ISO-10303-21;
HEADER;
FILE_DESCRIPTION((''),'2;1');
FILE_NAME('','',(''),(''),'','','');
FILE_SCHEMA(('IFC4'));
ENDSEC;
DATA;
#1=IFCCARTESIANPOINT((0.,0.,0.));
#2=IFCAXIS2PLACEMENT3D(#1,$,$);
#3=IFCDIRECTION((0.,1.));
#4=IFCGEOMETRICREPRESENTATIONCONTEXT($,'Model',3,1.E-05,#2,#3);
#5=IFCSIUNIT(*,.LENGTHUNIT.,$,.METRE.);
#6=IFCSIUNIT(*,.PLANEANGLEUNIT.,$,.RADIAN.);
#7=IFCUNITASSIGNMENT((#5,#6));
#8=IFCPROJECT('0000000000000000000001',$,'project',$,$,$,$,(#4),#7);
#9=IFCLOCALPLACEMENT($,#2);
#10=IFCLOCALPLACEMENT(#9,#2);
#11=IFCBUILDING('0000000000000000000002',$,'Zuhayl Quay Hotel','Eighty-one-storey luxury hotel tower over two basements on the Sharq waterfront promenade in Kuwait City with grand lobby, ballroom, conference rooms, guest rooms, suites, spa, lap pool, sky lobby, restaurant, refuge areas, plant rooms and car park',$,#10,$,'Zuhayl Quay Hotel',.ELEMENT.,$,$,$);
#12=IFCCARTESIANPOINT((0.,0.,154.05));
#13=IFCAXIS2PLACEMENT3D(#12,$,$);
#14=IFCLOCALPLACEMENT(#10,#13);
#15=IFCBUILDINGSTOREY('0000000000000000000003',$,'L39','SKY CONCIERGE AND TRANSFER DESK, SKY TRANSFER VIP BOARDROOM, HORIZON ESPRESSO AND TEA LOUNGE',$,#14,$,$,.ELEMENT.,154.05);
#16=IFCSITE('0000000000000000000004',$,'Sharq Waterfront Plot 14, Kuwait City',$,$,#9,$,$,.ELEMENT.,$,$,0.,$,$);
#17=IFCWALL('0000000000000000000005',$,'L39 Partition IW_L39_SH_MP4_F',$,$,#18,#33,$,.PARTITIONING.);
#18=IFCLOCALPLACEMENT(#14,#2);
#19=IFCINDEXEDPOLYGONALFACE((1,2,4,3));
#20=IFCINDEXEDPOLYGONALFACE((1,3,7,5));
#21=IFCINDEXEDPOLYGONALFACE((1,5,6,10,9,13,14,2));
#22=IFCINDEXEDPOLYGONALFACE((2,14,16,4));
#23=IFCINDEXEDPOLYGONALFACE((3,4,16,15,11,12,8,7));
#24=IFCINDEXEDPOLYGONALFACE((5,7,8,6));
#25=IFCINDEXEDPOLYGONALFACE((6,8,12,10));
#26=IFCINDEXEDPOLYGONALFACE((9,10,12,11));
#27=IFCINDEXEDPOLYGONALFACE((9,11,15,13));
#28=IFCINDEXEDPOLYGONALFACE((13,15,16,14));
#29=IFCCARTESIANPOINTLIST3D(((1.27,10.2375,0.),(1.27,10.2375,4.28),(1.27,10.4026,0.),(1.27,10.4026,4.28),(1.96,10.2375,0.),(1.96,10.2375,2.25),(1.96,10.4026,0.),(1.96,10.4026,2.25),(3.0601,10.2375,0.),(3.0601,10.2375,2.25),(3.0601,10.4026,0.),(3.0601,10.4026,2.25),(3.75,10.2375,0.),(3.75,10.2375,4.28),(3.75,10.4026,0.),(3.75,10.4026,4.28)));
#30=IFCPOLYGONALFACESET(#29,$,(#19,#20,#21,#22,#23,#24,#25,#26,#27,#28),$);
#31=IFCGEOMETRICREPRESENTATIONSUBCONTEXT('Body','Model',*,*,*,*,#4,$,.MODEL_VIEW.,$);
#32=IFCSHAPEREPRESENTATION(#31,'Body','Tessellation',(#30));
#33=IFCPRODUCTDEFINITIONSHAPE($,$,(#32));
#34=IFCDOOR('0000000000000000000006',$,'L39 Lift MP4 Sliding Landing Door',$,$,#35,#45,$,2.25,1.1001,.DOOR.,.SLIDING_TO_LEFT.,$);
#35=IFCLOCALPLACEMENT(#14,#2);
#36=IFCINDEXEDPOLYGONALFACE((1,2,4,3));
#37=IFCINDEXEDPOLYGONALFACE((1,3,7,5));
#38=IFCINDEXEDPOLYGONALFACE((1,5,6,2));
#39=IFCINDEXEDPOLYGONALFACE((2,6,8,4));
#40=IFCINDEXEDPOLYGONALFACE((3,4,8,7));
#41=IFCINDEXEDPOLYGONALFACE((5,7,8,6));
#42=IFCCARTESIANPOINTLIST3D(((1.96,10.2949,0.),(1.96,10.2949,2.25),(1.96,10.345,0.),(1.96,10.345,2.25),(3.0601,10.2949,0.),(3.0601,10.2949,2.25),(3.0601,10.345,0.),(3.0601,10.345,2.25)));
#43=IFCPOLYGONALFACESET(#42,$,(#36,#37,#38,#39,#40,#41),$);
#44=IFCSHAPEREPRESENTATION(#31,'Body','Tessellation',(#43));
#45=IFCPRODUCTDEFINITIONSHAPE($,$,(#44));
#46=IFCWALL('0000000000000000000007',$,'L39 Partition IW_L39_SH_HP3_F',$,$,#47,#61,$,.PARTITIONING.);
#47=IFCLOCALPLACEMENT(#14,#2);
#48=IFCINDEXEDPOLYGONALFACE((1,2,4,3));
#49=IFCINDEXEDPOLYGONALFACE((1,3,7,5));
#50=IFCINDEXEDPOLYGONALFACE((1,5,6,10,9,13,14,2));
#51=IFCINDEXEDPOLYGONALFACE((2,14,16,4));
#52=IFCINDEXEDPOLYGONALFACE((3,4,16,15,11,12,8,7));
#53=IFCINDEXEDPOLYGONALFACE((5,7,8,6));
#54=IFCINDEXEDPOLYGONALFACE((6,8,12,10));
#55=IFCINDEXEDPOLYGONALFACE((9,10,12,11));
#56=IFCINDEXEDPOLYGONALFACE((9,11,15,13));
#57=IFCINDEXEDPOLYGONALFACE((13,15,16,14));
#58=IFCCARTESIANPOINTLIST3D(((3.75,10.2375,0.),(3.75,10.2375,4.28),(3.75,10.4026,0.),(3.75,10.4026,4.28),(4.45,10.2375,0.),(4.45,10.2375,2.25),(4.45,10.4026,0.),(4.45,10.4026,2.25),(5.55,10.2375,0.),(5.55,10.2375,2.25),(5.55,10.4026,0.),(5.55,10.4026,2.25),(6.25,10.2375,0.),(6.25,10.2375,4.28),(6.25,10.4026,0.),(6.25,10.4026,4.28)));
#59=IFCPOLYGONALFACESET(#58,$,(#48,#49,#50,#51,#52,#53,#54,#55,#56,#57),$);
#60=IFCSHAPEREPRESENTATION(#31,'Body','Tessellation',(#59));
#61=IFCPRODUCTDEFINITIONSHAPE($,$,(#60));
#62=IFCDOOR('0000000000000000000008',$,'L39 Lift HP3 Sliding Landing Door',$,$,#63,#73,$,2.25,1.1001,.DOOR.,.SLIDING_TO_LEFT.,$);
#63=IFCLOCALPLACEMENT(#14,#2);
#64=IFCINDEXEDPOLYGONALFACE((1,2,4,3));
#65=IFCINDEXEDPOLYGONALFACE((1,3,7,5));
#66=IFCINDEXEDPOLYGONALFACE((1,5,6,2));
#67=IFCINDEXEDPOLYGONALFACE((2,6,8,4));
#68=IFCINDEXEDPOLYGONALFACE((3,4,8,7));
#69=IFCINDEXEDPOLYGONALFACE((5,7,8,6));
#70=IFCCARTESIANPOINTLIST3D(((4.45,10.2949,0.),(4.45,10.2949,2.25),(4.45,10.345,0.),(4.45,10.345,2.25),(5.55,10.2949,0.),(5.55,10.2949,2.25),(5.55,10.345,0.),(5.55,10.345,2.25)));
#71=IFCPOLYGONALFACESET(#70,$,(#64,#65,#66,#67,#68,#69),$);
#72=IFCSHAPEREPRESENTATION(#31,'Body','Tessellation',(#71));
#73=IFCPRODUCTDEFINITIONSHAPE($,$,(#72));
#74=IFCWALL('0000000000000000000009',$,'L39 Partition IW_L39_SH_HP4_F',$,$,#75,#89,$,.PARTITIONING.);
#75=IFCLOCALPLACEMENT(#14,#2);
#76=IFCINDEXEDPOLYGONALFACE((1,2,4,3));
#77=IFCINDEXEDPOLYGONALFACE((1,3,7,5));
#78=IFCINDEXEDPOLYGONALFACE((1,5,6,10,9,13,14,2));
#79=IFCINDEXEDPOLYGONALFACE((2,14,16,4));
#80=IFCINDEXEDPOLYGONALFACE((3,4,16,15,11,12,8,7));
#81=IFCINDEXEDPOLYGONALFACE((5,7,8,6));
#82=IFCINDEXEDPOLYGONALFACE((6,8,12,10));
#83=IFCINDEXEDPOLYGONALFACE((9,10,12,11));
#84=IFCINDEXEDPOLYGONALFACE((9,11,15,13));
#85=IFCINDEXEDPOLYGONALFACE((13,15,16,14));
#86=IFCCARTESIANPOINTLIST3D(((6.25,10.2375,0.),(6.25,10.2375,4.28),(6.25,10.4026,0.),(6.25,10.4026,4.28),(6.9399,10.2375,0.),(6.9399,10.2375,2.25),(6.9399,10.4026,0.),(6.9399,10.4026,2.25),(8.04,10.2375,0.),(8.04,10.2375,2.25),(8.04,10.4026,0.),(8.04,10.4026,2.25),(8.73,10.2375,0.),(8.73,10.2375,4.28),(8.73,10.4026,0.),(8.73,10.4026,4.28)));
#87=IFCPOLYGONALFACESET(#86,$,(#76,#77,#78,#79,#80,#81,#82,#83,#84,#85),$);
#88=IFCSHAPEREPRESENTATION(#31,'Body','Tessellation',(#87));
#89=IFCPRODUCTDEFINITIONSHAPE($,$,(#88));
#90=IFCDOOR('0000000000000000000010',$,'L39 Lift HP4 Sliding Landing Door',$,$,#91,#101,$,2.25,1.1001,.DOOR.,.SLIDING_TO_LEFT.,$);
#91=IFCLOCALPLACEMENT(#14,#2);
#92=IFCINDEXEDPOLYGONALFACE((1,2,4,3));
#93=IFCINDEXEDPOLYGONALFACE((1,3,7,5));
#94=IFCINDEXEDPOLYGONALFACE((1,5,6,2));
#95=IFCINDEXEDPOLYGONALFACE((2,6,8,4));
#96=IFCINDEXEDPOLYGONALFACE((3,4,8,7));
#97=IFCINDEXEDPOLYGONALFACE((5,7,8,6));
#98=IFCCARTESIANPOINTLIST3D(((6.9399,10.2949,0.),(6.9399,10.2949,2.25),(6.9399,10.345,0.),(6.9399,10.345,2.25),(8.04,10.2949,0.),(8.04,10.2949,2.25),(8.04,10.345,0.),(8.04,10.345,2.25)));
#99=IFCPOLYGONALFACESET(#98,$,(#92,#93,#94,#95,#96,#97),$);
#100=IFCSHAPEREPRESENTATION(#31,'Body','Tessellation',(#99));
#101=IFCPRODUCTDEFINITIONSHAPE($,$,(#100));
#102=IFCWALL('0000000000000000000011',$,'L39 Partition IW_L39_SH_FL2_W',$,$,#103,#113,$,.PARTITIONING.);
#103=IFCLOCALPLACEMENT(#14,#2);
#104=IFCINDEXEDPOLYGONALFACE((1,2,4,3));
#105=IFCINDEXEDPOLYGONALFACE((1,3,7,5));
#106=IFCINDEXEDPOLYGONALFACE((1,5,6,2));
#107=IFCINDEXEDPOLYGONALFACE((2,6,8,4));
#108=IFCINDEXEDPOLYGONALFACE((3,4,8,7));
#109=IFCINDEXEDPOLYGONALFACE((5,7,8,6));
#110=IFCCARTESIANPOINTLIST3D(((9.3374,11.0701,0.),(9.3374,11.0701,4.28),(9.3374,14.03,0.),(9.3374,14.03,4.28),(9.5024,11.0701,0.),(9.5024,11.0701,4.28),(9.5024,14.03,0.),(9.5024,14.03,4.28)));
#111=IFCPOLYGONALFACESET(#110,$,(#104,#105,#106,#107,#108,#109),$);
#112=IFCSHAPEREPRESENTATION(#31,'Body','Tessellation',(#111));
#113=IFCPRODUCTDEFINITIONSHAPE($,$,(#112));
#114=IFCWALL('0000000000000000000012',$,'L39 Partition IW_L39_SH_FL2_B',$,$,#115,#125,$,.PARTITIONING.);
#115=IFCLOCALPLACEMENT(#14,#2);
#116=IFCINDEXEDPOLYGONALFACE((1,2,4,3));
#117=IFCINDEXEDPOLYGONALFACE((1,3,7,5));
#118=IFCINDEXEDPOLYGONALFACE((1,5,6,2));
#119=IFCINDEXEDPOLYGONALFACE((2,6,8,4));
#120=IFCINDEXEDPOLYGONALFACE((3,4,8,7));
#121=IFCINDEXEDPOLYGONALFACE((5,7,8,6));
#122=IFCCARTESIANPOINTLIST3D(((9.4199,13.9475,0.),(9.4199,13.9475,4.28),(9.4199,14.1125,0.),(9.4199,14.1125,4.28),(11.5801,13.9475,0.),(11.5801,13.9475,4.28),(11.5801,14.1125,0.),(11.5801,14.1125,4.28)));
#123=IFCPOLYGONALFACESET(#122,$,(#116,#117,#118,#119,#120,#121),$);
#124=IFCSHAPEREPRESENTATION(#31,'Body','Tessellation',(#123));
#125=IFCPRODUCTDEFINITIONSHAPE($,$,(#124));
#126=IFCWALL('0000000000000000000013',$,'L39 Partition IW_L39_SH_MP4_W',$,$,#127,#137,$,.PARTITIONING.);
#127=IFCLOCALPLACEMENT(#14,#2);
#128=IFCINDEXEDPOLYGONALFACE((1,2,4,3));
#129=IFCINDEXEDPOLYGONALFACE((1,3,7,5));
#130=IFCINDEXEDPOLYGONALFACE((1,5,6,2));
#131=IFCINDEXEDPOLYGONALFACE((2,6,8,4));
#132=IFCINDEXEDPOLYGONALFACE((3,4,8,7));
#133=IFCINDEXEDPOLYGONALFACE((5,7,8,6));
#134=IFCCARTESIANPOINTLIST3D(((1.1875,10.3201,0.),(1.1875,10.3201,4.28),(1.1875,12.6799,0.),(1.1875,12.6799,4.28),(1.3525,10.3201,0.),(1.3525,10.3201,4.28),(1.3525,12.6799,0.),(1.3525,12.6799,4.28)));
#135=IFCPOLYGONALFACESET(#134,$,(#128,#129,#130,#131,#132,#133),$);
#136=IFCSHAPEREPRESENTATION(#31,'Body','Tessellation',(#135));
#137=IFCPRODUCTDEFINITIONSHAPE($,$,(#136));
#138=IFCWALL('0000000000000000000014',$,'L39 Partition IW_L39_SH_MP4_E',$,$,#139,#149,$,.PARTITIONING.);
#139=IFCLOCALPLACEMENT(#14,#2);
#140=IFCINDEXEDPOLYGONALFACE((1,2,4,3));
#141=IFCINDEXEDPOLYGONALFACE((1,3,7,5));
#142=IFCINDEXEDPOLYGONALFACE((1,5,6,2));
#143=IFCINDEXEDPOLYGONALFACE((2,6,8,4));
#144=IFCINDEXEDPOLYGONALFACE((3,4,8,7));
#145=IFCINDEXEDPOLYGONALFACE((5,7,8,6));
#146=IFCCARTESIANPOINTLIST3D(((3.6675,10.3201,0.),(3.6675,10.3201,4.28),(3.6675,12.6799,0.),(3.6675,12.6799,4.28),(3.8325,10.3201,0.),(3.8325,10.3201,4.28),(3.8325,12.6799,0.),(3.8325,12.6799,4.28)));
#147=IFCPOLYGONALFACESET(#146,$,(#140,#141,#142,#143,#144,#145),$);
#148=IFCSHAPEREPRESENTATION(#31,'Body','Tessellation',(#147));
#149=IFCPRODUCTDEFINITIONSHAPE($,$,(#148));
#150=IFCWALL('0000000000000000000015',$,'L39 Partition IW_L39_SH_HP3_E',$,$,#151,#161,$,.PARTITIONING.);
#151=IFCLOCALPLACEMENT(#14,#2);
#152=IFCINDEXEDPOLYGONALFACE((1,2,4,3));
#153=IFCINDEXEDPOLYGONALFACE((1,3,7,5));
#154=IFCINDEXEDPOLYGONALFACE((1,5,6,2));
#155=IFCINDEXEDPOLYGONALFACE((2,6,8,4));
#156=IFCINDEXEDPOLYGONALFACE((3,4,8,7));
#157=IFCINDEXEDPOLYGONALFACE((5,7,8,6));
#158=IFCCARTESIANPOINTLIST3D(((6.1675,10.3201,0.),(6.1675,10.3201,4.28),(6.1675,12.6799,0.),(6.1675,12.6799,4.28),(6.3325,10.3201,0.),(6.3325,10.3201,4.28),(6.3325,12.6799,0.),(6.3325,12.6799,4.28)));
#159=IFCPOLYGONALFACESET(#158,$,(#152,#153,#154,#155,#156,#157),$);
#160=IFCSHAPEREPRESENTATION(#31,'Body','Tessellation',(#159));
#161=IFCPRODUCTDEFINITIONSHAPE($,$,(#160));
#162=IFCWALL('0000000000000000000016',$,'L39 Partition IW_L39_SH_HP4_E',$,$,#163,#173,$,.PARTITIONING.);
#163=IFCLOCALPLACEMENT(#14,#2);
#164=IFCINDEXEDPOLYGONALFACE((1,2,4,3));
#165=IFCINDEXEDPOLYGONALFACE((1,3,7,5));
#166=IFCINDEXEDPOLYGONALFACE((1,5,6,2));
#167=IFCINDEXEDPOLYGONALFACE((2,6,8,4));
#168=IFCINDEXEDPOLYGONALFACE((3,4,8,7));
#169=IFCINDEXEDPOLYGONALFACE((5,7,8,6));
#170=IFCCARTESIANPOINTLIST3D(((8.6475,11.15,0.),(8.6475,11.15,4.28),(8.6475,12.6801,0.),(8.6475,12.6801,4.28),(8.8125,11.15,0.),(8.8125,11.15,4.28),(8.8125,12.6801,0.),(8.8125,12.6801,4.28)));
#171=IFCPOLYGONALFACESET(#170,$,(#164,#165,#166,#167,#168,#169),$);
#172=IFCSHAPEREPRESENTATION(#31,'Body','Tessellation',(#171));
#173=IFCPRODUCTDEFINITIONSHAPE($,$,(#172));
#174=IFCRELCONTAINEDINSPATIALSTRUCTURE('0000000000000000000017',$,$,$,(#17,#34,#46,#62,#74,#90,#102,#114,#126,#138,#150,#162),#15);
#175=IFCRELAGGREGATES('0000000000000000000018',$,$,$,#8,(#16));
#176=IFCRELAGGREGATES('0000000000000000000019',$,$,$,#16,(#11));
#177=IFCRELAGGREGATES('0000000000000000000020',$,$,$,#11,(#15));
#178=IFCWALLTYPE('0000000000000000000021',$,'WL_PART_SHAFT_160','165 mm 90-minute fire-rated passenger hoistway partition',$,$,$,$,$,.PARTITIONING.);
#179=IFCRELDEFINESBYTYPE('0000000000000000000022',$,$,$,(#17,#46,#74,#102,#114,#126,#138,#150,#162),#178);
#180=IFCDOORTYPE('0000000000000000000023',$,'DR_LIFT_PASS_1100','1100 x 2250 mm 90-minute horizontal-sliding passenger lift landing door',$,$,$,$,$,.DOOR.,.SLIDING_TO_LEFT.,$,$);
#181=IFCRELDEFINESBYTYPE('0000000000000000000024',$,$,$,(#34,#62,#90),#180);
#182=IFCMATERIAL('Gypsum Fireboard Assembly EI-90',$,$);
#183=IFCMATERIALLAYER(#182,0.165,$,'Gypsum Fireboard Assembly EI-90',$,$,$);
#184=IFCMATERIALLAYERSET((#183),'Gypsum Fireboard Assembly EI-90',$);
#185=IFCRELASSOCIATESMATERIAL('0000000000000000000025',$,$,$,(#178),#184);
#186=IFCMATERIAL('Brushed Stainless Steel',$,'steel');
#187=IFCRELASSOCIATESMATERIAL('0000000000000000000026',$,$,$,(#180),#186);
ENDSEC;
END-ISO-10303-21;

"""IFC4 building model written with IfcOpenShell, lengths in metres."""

from ifc_helpers import new_model, si_unit, direction, frame, frame_2d, origin, place, context, subcontext, project, spatial, rectangle, extrude, material, layer, layer_set, type_object, element, fill, save


model = new_model("IFC4")

# Units and contexts
model_context = context("Model", 3, precision=1e-05, world=origin(), true_north=direction((0.0, 1.0)))
body_context = subcontext(model_context, "Body", "Model", "MODEL_VIEW")
ifc_project = project(units=[si_unit("LENGTHUNIT", "METRE"), si_unit("PLANEANGLEUNIT", "RADIAN")], contexts=[model_context])

# Site, building, storey
site_placement = place(None, origin())
site = spatial("IfcSite", under=ifc_project, at=site_placement, Name="Sharq Waterfront Plot 14, Kuwait City", CompositionType="ELEMENT", RefElevation=0.0)
building_placement = place(site_placement, origin())
building = spatial("IfcBuilding", under=site, at=building_placement, Name="Zuhayl Quay Hotel", Description="Eighty-one-storey luxury hotel tower over two basements on the Sharq waterfront promenade in Kuwait City with grand lobby, ballroom, conference rooms, guest rooms, suites, spa, lap pool, sky lobby, restaurant, refuge areas, plant rooms and car park", LongName="Zuhayl Quay Hotel", CompositionType="ELEMENT")
storey_placement = place(building_placement, frame((0.0, 0.0, 154.05)))
storey = spatial("IfcBuildingStorey", under=building, at=storey_placement, Name="L39", Description="SKY CONCIERGE AND TRANSFER DESK, SKY TRANSFER VIP BOARDROOM, HORIZON ESPRESSO AND TEA LOUNGE", CompositionType="ELEMENT", Elevation=154.05)

# Walls, openings, doors
ifc_material_1 = material(Name="Gypsum Fireboard Assembly EI-90")
ifc_layer_1 = layer(ifc_material_1, 0.165, Name="Gypsum Fireboard Assembly EI-90")
ifc_layer_set_1 = layer_set([ifc_layer_1], Name="Gypsum Fireboard Assembly EI-90")
wall_type_1 = type_object("IfcWallType", Name="WL_PART_SHAFT_160", Description="165 mm 90-minute fire-rated passenger hoistway partition", PredefinedType="PARTITIONING", material=ifc_layer_set_1)
ifc_material_2 = material(Name="Brushed Stainless Steel", Category="steel")
wall_1_placement = place(storey_placement, frame((1.27, 10.3201, 0.0), z_axis=(0.0, 0.0, 1.0), x_axis=(1.0, 0.0, 0.0)))
wall_1 = element("IfcWall", 1, at=wall_1_placement, inside=storey, type_object=wall_type_1, Name="L39 Partition IW_L39_SH_MP4_F", PredefinedType="PARTITIONING", context=body_context, shape_type="SweptSolid", body=[
    extrude(rectangle(XDim=2.48, YDim=0.165, at=frame_2d((1.24, 0.0))), origin(), (0.0, 0.0, 1.0), 4.28),
])
opening_1_placement = place(wall_1_placement, frame((0.6899, 0.0, 0.0)))
opening_1 = element("IfcOpeningElement", 2, at=opening_1_placement, cuts=wall_1, PredefinedType="OPENING", context=body_context, shape_type="SweptSolid", body=[
    extrude(rectangle(XDim=1.1001, YDim=2.25, at=frame_2d((0.55, 1.125))), frame((0.0, 0.0925, 0.0), z_axis=(0.0, -1.0, 0.0), x_axis=(1.0, 0.0, 0.0)), (0.0, 0.0, 1.0), 0.1851),
])
door_type_1 = type_object("IfcDoorType", Name="DR_LIFT_PASS_1100", Description="1100 x 2250 mm 90-minute horizontal-sliding passenger lift landing door", OperationType="SLIDING_TO_LEFT", PredefinedType="DOOR", material=ifc_material_2)
door_1_placement = place(opening_1_placement, origin())
door_1 = element("IfcDoor", 3, at=door_1_placement, inside=storey, type_object=door_type_1, Name="L39 Lift MP4 Sliding Landing Door", OperationType="SLIDING_TO_LEFT", OverallHeight=2.25, OverallWidth=1.1001, PredefinedType="DOOR", context=body_context, shape_type="SweptSolid", body=[
    extrude(rectangle(XDim=1.1001, YDim=2.25, at=frame_2d((0.55, 1.125))), frame((0.0, 0.0249, 0.0), z_axis=(0.0, -1.0, 0.0), x_axis=(1.0, 0.0, 0.0)), (0.0, 0.0, 1.0), 0.05),
])
fill(opening_1, door_1)
wall_2_placement = place(storey_placement, frame((3.75, 10.3201, 0.0), z_axis=(0.0, 0.0, 1.0), x_axis=(1.0, 0.0, 0.0)))
wall_2 = element("IfcWall", 4, at=wall_2_placement, inside=storey, type_object=wall_type_1, Name="L39 Partition IW_L39_SH_HP3_F", PredefinedType="PARTITIONING", context=body_context, shape_type="SweptSolid", body=[
    extrude(rectangle(XDim=2.5, YDim=0.165, at=frame_2d((1.25, 0.0))), origin(), (0.0, 0.0, 1.0), 4.28),
])
opening_2_placement = place(wall_2_placement, frame((0.7, 0.0, 0.0)))
opening_2 = element("IfcOpeningElement", 5, at=opening_2_placement, cuts=wall_2, PredefinedType="OPENING", context=body_context, shape_type="SweptSolid", body=[
    extrude(rectangle(XDim=1.1001, YDim=2.25, at=frame_2d((0.55, 1.125))), frame((0.0, 0.0925, 0.0), z_axis=(0.0, -1.0, 0.0), x_axis=(1.0, 0.0, 0.0)), (0.0, 0.0, 1.0), 0.1851),
])
door_2_placement = place(opening_2_placement, origin())
door_2 = element("IfcDoor", 6, at=door_2_placement, inside=storey, type_object=door_type_1, Name="L39 Lift HP3 Sliding Landing Door", OperationType="SLIDING_TO_LEFT", OverallHeight=2.25, OverallWidth=1.1001, PredefinedType="DOOR", context=body_context, shape_type="SweptSolid", body=[
    extrude(rectangle(XDim=1.1001, YDim=2.25, at=frame_2d((0.55, 1.125))), frame((0.0, 0.0249, 0.0), z_axis=(0.0, -1.0, 0.0), x_axis=(1.0, 0.0, 0.0)), (0.0, 0.0, 1.0), 0.05),
])
fill(opening_2, door_2)
wall_3_placement = place(storey_placement, frame((6.25, 10.3201, 0.0), z_axis=(0.0, 0.0, 1.0), x_axis=(1.0, 0.0, 0.0)))
wall_3 = element("IfcWall", 7, at=wall_3_placement, inside=storey, type_object=wall_type_1, Name="L39 Partition IW_L39_SH_HP4_F", PredefinedType="PARTITIONING", context=body_context, shape_type="SweptSolid", body=[
    extrude(rectangle(XDim=2.48, YDim=0.165, at=frame_2d((1.24, 0.0))), origin(), (0.0, 0.0, 1.0), 4.28),
])
opening_3_placement = place(wall_3_placement, frame((0.6899, 0.0, 0.0)))
opening_3 = element("IfcOpeningElement", 8, at=opening_3_placement, cuts=wall_3, PredefinedType="OPENING", context=body_context, shape_type="SweptSolid", body=[
    extrude(rectangle(XDim=1.1001, YDim=2.25, at=frame_2d((0.55, 1.125))), frame((0.0, 0.0925, 0.0), z_axis=(0.0, -1.0, 0.0), x_axis=(1.0, 0.0, 0.0)), (0.0, 0.0, 1.0), 0.1851),
])
door_3_placement = place(opening_3_placement, origin())
door_3 = element("IfcDoor", 9, at=door_3_placement, inside=storey, type_object=door_type_1, Name="L39 Lift HP4 Sliding Landing Door", OperationType="SLIDING_TO_LEFT", OverallHeight=2.25, OverallWidth=1.1001, PredefinedType="DOOR", context=body_context, shape_type="SweptSolid", body=[
    extrude(rectangle(XDim=1.1001, YDim=2.25, at=frame_2d((0.55, 1.125))), frame((0.0, 0.0249, 0.0), z_axis=(0.0, -1.0, 0.0), x_axis=(1.0, 0.0, 0.0)), (0.0, 0.0, 1.0), 0.05),
])
fill(opening_3, door_3)

# Walls
wall_4_placement = place(storey_placement, frame((9.4199, 11.0701, 0.0), z_axis=(0.0, 0.0, 1.0), x_axis=(0.0, 1.0, 0.0)))
element("IfcWall", 10, at=wall_4_placement, inside=storey, type_object=wall_type_1, Name="L39 Partition IW_L39_SH_FL2_W", PredefinedType="PARTITIONING", context=body_context, shape_type="SweptSolid", body=[
    extrude(rectangle(XDim=2.96, YDim=0.165, at=frame_2d((1.48, 0.0))), origin(), (0.0, 0.0, 1.0), 4.28),
])
wall_5_placement = place(storey_placement, frame((9.4199, 14.03, 0.0), z_axis=(0.0, 0.0, 1.0), x_axis=(1.0, 0.0, 0.0)))
element("IfcWall", 11, at=wall_5_placement, inside=storey, type_object=wall_type_1, Name="L39 Partition IW_L39_SH_FL2_B", PredefinedType="PARTITIONING", context=body_context, shape_type="SweptSolid", body=[
    extrude(rectangle(XDim=2.1602, YDim=0.165, at=frame_2d((1.0801, 0.0))), origin(), (0.0, 0.0, 1.0), 4.28),
])
for number, where, z_axis, x_axis, name in (
    (12, (1.27, 10.3201, 0.0), (0.0, 0.0, 1.0), (0.0, 1.0, 0.0), "L39 Partition IW_L39_SH_MP4_W"),
    (13, (3.75, 10.3201, 0.0), (0.0, 0.0, 1.0), (0.0, 1.0, 0.0), "L39 Partition IW_L39_SH_MP4_E"),
    (14, (6.25, 10.3201, 0.0), (0.0, 0.0, 1.0), (0.0, 1.0, 0.0), "L39 Partition IW_L39_SH_HP3_E"),
):
    element("IfcWall", number, at=place(storey_placement, frame(where, z_axis=z_axis, x_axis=x_axis)), inside=storey, type_object=wall_type_1, Name=name, PredefinedType="PARTITIONING", context=body_context, shape_type="SweptSolid", body=[
        extrude(rectangle(XDim=2.3599, YDim=0.165, at=frame_2d((1.1799, 0.0))), origin(), (0.0, 0.0, 1.0), 4.28),
    ])
wall_6_placement = place(storey_placement, frame((8.73, 11.1499, 0.0), z_axis=(0.0, 0.0, 1.0), x_axis=(0.0, 1.0, 0.0)))
element("IfcWall", 15, at=wall_6_placement, inside=storey, type_object=wall_type_1, Name="L39 Partition IW_L39_SH_HP4_E", PredefinedType="PARTITIONING", context=body_context, shape_type="SweptSolid", body=[
    extrude(rectangle(XDim=1.53, YDim=0.165, at=frame_2d((0.7651, 0.0))), origin(), (0.0, 0.0, 1.0), 4.28),
])

save(model, "model.ifc")
